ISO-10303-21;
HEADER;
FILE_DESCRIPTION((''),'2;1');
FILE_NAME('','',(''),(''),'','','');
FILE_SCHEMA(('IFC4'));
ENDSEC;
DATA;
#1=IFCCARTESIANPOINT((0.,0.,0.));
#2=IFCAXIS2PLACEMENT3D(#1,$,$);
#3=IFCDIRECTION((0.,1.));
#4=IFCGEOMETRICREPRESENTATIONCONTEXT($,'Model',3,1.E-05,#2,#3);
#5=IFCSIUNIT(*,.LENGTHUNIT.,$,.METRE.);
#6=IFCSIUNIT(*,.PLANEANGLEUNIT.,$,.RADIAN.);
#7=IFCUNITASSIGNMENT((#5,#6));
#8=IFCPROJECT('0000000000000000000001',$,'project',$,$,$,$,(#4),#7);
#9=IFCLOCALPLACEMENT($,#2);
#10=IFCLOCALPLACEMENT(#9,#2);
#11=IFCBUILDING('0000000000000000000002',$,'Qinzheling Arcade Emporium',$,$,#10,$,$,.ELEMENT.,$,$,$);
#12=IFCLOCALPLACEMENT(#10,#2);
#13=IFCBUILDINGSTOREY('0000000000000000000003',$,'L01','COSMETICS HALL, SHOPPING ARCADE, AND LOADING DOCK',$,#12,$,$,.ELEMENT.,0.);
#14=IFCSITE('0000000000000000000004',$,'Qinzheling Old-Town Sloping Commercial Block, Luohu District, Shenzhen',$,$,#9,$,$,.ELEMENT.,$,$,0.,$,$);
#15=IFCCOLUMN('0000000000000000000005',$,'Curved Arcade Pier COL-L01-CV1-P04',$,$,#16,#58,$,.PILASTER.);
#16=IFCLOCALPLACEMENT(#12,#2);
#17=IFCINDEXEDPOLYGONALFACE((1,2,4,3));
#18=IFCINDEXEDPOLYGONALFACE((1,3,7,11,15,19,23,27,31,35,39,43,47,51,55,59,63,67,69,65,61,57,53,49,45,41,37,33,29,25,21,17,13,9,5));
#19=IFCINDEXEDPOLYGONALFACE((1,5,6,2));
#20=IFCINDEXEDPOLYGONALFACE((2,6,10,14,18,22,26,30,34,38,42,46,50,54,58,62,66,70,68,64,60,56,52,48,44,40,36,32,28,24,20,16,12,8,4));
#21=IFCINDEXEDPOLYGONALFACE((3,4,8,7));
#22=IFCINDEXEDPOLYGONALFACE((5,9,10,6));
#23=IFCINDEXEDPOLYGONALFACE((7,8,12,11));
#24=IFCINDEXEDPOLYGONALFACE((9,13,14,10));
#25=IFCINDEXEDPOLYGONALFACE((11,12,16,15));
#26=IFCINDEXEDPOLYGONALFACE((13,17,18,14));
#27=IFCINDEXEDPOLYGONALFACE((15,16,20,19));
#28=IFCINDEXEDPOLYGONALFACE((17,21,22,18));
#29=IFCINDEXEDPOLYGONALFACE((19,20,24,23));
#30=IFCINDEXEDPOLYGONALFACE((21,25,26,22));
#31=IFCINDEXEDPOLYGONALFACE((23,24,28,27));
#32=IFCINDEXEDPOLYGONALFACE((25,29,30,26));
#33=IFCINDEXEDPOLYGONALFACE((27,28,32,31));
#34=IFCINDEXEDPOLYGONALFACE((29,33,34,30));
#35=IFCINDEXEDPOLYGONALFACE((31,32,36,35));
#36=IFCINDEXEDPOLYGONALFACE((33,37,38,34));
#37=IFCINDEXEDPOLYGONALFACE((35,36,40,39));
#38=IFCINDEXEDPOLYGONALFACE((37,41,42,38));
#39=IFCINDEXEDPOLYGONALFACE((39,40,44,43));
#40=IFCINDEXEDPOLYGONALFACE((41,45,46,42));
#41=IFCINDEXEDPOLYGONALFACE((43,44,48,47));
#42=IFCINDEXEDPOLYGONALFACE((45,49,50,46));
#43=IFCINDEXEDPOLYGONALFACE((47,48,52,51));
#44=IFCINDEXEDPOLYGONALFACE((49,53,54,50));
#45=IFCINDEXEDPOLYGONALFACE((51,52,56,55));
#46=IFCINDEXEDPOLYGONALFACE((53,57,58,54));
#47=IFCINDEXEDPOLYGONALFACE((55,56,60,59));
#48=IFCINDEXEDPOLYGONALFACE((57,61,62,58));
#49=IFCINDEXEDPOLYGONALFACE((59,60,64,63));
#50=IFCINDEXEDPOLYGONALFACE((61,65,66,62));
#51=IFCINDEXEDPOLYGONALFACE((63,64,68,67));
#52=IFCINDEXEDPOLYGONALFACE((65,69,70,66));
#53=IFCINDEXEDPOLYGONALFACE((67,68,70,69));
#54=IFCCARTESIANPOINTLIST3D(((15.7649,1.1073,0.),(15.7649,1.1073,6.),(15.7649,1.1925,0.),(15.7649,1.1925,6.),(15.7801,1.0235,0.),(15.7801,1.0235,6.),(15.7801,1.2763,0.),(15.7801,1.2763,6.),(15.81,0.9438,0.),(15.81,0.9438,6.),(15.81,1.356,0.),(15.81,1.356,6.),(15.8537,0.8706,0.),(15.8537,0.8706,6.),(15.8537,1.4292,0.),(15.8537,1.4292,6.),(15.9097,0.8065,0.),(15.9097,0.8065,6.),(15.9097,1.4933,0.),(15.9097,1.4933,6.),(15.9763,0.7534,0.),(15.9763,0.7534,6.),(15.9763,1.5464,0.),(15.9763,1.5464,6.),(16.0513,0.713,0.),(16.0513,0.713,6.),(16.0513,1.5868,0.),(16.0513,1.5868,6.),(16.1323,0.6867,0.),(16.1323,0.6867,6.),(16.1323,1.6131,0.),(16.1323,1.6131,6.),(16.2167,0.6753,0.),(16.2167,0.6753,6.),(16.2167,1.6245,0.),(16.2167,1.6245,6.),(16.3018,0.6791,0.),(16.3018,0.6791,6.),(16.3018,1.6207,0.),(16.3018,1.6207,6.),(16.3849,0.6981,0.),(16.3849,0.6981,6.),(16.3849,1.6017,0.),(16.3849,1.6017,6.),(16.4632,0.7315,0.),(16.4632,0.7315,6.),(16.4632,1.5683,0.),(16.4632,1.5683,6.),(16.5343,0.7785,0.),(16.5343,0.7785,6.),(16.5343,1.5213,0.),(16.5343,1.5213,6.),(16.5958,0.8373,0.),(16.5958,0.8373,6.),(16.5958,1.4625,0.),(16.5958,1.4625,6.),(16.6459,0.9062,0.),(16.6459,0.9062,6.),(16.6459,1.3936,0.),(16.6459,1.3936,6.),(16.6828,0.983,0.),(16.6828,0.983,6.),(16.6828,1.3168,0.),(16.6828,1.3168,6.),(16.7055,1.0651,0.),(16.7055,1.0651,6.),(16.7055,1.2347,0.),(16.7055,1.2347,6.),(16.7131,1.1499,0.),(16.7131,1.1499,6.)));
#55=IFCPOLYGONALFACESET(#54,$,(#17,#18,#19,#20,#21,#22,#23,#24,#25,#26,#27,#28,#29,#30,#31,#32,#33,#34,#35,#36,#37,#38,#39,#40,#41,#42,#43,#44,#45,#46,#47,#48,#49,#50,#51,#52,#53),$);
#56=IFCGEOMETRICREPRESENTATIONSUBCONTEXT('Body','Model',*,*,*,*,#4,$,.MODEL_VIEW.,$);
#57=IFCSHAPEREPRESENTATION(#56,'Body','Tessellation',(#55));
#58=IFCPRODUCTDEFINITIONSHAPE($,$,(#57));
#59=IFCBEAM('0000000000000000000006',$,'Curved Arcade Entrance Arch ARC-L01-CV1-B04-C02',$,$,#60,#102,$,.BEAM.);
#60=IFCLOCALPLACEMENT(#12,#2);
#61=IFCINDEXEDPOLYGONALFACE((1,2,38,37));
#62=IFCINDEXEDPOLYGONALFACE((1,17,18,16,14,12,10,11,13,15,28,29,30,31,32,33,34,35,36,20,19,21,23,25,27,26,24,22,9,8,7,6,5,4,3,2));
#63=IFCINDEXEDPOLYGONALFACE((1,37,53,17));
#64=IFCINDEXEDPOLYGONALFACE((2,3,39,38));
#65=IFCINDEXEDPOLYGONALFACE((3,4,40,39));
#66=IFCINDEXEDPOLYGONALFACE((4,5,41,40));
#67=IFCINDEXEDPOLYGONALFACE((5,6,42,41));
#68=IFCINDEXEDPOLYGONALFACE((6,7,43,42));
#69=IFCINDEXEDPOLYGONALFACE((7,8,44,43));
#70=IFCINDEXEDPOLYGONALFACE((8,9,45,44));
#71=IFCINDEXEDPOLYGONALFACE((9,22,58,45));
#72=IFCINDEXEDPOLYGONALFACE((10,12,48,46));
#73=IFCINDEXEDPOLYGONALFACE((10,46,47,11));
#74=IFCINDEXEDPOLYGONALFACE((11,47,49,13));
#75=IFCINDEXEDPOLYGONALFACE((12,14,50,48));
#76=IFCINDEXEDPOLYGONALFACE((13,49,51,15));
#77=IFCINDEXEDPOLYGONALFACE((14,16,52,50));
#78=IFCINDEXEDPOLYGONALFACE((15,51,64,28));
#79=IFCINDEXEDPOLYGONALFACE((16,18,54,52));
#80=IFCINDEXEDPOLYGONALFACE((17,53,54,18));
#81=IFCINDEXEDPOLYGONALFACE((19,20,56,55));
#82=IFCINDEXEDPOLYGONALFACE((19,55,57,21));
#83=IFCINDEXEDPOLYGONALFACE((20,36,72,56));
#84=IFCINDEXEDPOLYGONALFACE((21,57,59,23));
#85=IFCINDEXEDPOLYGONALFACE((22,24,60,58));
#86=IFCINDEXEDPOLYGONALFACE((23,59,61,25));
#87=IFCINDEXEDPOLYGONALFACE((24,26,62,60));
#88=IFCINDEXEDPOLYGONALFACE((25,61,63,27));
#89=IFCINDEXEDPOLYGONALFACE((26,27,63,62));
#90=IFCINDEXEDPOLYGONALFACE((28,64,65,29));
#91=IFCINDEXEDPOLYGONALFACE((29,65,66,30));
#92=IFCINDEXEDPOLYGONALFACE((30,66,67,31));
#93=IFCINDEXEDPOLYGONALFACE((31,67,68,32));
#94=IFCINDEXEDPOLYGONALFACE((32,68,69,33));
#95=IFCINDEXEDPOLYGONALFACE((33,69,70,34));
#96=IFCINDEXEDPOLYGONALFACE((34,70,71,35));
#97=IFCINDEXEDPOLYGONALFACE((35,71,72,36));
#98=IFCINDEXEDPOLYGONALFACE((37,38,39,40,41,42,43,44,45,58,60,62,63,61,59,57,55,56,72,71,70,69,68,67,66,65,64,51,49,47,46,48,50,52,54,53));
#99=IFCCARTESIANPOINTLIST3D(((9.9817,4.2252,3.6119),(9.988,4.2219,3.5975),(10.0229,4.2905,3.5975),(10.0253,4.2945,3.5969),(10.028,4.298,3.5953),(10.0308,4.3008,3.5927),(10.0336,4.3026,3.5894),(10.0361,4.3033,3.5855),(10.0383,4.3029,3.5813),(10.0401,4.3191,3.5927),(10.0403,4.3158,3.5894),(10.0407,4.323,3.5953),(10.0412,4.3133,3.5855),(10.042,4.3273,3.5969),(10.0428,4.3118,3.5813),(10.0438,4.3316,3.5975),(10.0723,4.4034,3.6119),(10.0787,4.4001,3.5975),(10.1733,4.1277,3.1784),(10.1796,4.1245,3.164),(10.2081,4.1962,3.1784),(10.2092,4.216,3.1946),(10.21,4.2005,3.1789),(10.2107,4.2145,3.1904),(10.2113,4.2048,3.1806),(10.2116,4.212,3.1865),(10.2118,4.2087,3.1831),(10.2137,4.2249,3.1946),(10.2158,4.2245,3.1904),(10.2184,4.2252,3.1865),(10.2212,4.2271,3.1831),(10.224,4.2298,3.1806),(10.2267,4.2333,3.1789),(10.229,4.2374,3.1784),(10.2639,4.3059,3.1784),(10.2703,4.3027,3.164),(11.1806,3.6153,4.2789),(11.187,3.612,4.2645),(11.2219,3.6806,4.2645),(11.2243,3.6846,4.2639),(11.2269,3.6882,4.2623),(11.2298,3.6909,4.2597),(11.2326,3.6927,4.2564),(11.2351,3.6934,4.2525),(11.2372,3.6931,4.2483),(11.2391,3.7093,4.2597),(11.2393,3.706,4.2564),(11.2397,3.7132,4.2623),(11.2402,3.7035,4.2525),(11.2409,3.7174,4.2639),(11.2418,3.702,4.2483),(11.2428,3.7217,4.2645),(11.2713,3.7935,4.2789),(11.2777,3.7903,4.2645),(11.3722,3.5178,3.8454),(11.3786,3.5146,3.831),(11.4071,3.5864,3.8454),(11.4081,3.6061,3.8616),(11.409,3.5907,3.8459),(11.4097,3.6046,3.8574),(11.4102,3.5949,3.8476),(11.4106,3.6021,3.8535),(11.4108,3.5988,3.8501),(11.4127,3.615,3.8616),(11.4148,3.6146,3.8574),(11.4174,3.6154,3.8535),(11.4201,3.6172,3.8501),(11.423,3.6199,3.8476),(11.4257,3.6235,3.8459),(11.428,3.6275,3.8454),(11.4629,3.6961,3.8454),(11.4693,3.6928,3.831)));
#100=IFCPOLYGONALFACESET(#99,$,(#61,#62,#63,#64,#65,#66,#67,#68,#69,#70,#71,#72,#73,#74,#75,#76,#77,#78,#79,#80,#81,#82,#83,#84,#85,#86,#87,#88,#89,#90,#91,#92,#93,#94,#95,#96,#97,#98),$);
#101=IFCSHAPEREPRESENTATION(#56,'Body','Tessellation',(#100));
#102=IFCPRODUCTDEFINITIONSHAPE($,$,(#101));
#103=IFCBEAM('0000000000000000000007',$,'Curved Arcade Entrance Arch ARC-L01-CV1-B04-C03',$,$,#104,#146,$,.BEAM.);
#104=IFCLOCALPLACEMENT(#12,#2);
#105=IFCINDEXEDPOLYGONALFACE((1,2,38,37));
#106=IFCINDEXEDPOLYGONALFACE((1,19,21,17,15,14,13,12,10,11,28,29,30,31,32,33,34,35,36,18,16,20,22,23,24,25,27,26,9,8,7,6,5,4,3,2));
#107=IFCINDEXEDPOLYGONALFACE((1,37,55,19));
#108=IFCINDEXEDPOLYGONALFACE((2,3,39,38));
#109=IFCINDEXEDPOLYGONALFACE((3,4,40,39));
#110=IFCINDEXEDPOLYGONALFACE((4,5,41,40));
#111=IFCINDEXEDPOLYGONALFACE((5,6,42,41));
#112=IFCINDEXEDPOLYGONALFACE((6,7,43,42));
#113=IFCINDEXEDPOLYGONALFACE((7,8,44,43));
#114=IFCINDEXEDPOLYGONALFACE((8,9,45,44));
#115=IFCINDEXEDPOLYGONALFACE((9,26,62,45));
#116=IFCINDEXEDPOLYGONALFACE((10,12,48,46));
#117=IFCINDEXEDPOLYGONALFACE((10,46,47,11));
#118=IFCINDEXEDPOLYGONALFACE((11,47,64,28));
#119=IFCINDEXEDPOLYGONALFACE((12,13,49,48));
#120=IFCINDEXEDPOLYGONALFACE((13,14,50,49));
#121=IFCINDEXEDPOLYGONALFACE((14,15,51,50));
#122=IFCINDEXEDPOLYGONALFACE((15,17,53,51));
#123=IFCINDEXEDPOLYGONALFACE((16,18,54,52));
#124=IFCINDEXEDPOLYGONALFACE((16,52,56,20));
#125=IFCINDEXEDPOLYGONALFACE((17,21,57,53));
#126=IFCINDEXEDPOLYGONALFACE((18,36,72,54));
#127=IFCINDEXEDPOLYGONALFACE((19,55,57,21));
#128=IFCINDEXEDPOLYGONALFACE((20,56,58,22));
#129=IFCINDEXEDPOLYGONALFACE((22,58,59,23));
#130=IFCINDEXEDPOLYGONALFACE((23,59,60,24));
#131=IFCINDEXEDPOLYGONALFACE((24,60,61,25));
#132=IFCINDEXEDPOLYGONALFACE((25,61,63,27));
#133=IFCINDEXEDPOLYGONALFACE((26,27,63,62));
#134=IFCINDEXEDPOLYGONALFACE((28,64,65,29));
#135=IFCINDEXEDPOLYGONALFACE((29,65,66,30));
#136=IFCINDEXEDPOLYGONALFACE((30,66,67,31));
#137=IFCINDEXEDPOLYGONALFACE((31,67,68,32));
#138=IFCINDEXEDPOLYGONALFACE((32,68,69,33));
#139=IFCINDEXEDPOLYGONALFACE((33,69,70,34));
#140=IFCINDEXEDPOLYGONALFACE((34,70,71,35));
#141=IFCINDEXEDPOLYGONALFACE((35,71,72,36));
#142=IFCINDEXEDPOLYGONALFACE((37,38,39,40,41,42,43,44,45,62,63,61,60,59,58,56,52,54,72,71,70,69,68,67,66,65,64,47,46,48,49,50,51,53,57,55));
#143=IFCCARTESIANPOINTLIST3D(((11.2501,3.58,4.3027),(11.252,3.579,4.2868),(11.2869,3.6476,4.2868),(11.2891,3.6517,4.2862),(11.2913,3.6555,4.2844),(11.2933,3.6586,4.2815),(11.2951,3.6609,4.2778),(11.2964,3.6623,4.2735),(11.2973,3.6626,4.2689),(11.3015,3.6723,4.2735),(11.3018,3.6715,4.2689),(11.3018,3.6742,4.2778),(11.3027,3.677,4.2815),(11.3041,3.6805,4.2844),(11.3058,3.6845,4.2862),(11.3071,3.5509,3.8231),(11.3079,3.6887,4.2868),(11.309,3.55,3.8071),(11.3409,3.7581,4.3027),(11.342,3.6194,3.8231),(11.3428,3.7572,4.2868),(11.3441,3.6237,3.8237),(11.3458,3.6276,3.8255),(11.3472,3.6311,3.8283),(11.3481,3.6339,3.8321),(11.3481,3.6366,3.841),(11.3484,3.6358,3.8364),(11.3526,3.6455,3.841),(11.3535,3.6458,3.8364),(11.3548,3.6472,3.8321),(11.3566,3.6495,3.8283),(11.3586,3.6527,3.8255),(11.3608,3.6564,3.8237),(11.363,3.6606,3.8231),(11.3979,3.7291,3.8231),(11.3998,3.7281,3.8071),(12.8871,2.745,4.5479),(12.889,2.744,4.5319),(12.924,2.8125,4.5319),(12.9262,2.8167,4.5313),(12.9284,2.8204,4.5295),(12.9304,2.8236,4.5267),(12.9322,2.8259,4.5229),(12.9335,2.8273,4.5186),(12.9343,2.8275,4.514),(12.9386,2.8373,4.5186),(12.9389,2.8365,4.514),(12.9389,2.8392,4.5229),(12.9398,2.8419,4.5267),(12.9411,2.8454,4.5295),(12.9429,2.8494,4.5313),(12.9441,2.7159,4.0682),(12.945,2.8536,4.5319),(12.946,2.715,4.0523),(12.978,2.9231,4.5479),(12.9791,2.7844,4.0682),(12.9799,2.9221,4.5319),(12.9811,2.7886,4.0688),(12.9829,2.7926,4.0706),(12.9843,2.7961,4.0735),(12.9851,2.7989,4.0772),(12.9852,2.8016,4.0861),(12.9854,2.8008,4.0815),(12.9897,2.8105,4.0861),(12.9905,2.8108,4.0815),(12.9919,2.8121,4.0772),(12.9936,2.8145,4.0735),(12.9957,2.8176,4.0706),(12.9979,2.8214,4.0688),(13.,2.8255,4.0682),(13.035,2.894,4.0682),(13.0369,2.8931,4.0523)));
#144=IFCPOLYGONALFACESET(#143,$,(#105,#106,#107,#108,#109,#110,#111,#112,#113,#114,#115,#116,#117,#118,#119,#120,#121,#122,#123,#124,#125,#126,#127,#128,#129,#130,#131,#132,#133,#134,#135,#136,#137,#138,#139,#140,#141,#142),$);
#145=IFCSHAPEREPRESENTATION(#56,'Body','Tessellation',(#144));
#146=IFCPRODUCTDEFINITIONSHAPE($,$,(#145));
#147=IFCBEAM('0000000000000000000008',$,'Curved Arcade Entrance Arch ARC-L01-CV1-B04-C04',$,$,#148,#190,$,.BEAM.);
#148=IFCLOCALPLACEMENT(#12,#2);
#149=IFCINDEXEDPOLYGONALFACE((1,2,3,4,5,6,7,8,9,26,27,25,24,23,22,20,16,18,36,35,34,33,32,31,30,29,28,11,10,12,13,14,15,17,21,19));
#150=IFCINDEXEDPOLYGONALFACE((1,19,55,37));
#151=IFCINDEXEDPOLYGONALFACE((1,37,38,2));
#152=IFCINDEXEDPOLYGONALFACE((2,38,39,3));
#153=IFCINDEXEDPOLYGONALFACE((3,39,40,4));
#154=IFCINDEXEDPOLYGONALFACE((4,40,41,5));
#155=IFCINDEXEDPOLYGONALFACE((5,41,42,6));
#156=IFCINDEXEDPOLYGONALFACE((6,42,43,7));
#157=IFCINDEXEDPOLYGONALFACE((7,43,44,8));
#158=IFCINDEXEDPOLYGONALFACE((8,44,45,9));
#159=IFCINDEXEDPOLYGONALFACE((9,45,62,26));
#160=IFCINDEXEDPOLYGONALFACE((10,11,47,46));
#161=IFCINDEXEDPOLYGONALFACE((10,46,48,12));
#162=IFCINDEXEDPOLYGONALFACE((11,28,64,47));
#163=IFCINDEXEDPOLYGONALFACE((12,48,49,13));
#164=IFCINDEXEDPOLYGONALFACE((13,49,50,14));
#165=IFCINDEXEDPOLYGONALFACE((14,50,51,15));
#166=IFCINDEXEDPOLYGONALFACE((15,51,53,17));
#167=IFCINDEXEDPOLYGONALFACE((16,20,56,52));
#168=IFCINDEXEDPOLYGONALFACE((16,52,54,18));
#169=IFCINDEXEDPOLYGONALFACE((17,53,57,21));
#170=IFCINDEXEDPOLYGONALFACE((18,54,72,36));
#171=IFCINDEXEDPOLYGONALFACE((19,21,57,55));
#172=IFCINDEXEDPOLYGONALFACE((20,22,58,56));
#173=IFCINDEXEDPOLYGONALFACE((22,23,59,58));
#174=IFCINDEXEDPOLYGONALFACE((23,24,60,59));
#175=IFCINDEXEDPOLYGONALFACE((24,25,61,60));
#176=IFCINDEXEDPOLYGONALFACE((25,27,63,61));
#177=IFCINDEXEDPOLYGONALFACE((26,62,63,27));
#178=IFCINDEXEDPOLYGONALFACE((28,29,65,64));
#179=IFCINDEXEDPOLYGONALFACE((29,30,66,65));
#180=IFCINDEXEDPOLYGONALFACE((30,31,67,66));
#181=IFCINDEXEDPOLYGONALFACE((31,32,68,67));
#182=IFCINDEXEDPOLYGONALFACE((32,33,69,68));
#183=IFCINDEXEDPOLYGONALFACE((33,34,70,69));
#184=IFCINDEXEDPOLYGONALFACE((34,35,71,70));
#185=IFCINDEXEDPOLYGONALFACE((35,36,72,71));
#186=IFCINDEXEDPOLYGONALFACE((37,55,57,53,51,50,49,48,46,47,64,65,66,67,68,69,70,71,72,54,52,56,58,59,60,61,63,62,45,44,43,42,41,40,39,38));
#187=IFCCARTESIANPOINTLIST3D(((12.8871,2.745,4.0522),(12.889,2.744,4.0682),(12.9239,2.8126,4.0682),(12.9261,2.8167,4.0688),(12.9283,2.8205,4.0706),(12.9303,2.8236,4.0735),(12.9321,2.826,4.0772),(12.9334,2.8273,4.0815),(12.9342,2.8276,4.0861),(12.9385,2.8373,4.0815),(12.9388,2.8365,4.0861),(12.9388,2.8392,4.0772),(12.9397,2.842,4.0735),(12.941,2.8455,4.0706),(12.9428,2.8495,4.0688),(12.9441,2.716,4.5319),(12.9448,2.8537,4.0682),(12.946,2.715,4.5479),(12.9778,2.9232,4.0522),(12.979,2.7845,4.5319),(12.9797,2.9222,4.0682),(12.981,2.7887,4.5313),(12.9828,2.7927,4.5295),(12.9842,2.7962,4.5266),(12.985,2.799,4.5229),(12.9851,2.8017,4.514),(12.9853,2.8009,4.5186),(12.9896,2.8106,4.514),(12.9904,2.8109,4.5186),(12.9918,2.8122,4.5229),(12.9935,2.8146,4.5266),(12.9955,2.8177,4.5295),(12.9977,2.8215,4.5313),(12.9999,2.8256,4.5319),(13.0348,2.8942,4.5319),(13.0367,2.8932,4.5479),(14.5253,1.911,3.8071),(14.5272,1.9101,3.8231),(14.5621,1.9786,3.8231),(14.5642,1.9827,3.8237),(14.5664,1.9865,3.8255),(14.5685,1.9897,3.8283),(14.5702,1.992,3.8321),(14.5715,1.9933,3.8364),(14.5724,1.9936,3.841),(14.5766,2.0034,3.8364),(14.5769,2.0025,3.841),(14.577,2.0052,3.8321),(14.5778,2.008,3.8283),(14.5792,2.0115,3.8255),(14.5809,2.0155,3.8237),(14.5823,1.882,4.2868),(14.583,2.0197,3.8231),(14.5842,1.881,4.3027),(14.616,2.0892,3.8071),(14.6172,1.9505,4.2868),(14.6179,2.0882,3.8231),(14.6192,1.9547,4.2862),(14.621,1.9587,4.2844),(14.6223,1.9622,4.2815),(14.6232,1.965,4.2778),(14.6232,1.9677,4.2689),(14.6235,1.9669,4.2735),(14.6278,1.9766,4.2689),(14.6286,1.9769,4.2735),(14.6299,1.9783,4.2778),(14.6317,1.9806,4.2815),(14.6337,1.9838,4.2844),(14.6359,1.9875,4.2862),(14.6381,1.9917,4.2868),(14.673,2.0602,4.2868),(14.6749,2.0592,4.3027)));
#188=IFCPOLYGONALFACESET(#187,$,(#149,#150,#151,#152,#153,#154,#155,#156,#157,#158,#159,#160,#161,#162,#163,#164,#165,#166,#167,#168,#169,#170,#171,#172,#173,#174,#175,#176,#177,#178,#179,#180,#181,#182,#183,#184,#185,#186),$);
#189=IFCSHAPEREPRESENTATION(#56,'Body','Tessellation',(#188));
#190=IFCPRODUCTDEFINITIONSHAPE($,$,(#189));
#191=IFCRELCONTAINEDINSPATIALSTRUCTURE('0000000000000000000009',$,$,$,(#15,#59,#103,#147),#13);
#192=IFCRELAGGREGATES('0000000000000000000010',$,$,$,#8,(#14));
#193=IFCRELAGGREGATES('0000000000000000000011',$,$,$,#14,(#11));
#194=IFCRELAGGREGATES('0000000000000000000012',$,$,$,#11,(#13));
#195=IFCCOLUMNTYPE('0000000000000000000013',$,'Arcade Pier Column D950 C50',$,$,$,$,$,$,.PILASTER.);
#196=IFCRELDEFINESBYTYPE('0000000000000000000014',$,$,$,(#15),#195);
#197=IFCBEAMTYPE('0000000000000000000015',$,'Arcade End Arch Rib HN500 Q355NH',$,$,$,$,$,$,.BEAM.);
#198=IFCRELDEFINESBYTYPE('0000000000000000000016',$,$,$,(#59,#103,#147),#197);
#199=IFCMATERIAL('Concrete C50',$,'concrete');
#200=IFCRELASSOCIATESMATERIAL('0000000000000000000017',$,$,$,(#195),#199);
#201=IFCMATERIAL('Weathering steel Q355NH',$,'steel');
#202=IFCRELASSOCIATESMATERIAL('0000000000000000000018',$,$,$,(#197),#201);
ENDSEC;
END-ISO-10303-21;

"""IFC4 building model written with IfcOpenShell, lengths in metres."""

from ifc_helpers import new_model, si_unit, direction, frame, origin, origin_2d, place, context, subcontext, project, spatial, circle, i_section, extrude, material, material_profile, profile_set, type_object, element, save


model = new_model("IFC4")

# Units and contexts
model_context = context("Model", 3, precision=1e-05, world=origin(), true_north=direction((0.0, 1.0)))
body_context = subcontext(model_context, "Body", "Model", "MODEL_VIEW")
ifc_project = project(units=[si_unit("LENGTHUNIT", "METRE"), si_unit("PLANEANGLEUNIT", "RADIAN")], contexts=[model_context])

# Site, building, storey
site_placement = place(None, origin())
site = spatial("IfcSite", under=ifc_project, at=site_placement, Name="Qinzheling Old-Town Sloping Commercial Block, Luohu District, Shenzhen", CompositionType="ELEMENT", RefElevation=0.0)
building_placement = place(site_placement, origin())
building = spatial("IfcBuilding", under=site, at=building_placement, Name="Qinzheling Arcade Emporium", CompositionType="ELEMENT")
storey_placement = place(building_placement, origin())
storey = spatial("IfcBuildingStorey", under=building, at=storey_placement, Name="L01", Description="COSMETICS HALL, SHOPPING ARCADE, AND LOADING DOCK", CompositionType="ELEMENT", Elevation=0.0)

# Column
ifc_material_1 = material(Name="Concrete C50", Category="concrete")
ifc_material_profile_1 = material_profile(ifc_material_1, circle(Radius=0.4751, at=origin_2d()), Name="RC D950", Category="concrete")
ifc_profile_set_1 = profile_set([ifc_material_profile_1], Name="Concrete C50")
column_type = type_object("IfcColumnType", Name="Arcade Pier Column D950 C50", PredefinedType="PILASTER", material=ifc_profile_set_1)
column_placement = place(storey_placement, frame((16.238, 1.1499, 0.0), z_axis=(0.0, 0.0, 1.0), x_axis=(1.0, 0.0, 0.0)))
element("IfcColumn", 1, at=column_placement, inside=storey, type_object=column_type, Name="Curved Arcade Pier COL-L01-CV1-P04", PredefinedType="PILASTER", context=body_context, shape_type="SweptSolid", body=[
    extrude(circle(Radius=0.4751, at=origin_2d()), origin(), (0.0, 0.0, 1.0), 6.0),
])

# Beams
ifc_material_2 = material(Name="Weathering steel Q355NH", Category="steel")
ifc_material_profile_2 = material_profile(ifc_material_2, i_section(OverallWidth=0.2, OverallDepth=0.5, WebThickness=0.01, FlangeThickness=0.0161, FilletRadius=0.0181, at=origin_2d()), Name="HN 500x200x10x16", Category="steel")
ifc_profile_set_2 = profile_set([ifc_material_profile_2], Name="Weathering steel Q355NH")
beam_type_1 = type_object("IfcBeamType", Name="Arcade End Arch Rib HN500 Q355NH", PredefinedType="BEAM", material=ifc_profile_set_2)
beam_1_placement = place(storey_placement, frame((10.126, 4.2639, 3.3879), z_axis=(0.798545, -0.406183, 0.444232), x_axis=(0.453374, 0.89132, 0.0)))
element("IfcBeam", 2, at=beam_1_placement, inside=storey, type_object=beam_type_1, Name="Curved Arcade Entrance Arch ARC-L01-CV1-B04-C02", PredefinedType="BEAM", context=body_context, shape_type="SweptSolid", body=[
    extrude(i_section(OverallWidth=0.2, OverallDepth=0.5, WebThickness=0.01, FlangeThickness=0.0161, FilletRadius=0.0181, at=origin_2d()), origin(), (0.0, 0.0, 1.0), 1.5015),
])
beam_2_placement = place(storey_placement, frame((11.325, 3.6541, 4.0549), z_axis=(0.882991, -0.450384, 0.132218), x_axis=(0.454374, 0.890811, 0.0)))
element("IfcBeam", 3, at=beam_2_placement, inside=storey, type_object=beam_type_1, Name="Curved Arcade Entrance Arch ARC-L01-CV1-B04-C03", PredefinedType="BEAM", context=body_context, shape_type="SweptSolid", body=[
    extrude(i_section(OverallWidth=0.2, OverallDepth=0.5, WebThickness=0.01, FlangeThickness=0.0161, FilletRadius=0.0181, at=origin_2d()), origin(), (0.0, 0.0, 1.0), 1.854),
])
beam_3_placement = place(storey_placement, frame((12.9619, 2.8191, 4.3), z_axis=(0.883345, -0.449703, -0.132173), x_axis=(0.453683, 0.891163, 0.0)))
element("IfcBeam", 4, at=beam_3_placement, inside=storey, type_object=beam_type_1, Name="Curved Arcade Entrance Arch ARC-L01-CV1-B04-C04", PredefinedType="BEAM", context=body_context, shape_type="SweptSolid", body=[
    extrude(i_section(OverallWidth=0.2, OverallDepth=0.5, WebThickness=0.01, FlangeThickness=0.0161, FilletRadius=0.0181, at=origin_2d()), origin(), (0.0, 0.0, 1.0), 1.8545),
])

save(model, "model.ifc")
